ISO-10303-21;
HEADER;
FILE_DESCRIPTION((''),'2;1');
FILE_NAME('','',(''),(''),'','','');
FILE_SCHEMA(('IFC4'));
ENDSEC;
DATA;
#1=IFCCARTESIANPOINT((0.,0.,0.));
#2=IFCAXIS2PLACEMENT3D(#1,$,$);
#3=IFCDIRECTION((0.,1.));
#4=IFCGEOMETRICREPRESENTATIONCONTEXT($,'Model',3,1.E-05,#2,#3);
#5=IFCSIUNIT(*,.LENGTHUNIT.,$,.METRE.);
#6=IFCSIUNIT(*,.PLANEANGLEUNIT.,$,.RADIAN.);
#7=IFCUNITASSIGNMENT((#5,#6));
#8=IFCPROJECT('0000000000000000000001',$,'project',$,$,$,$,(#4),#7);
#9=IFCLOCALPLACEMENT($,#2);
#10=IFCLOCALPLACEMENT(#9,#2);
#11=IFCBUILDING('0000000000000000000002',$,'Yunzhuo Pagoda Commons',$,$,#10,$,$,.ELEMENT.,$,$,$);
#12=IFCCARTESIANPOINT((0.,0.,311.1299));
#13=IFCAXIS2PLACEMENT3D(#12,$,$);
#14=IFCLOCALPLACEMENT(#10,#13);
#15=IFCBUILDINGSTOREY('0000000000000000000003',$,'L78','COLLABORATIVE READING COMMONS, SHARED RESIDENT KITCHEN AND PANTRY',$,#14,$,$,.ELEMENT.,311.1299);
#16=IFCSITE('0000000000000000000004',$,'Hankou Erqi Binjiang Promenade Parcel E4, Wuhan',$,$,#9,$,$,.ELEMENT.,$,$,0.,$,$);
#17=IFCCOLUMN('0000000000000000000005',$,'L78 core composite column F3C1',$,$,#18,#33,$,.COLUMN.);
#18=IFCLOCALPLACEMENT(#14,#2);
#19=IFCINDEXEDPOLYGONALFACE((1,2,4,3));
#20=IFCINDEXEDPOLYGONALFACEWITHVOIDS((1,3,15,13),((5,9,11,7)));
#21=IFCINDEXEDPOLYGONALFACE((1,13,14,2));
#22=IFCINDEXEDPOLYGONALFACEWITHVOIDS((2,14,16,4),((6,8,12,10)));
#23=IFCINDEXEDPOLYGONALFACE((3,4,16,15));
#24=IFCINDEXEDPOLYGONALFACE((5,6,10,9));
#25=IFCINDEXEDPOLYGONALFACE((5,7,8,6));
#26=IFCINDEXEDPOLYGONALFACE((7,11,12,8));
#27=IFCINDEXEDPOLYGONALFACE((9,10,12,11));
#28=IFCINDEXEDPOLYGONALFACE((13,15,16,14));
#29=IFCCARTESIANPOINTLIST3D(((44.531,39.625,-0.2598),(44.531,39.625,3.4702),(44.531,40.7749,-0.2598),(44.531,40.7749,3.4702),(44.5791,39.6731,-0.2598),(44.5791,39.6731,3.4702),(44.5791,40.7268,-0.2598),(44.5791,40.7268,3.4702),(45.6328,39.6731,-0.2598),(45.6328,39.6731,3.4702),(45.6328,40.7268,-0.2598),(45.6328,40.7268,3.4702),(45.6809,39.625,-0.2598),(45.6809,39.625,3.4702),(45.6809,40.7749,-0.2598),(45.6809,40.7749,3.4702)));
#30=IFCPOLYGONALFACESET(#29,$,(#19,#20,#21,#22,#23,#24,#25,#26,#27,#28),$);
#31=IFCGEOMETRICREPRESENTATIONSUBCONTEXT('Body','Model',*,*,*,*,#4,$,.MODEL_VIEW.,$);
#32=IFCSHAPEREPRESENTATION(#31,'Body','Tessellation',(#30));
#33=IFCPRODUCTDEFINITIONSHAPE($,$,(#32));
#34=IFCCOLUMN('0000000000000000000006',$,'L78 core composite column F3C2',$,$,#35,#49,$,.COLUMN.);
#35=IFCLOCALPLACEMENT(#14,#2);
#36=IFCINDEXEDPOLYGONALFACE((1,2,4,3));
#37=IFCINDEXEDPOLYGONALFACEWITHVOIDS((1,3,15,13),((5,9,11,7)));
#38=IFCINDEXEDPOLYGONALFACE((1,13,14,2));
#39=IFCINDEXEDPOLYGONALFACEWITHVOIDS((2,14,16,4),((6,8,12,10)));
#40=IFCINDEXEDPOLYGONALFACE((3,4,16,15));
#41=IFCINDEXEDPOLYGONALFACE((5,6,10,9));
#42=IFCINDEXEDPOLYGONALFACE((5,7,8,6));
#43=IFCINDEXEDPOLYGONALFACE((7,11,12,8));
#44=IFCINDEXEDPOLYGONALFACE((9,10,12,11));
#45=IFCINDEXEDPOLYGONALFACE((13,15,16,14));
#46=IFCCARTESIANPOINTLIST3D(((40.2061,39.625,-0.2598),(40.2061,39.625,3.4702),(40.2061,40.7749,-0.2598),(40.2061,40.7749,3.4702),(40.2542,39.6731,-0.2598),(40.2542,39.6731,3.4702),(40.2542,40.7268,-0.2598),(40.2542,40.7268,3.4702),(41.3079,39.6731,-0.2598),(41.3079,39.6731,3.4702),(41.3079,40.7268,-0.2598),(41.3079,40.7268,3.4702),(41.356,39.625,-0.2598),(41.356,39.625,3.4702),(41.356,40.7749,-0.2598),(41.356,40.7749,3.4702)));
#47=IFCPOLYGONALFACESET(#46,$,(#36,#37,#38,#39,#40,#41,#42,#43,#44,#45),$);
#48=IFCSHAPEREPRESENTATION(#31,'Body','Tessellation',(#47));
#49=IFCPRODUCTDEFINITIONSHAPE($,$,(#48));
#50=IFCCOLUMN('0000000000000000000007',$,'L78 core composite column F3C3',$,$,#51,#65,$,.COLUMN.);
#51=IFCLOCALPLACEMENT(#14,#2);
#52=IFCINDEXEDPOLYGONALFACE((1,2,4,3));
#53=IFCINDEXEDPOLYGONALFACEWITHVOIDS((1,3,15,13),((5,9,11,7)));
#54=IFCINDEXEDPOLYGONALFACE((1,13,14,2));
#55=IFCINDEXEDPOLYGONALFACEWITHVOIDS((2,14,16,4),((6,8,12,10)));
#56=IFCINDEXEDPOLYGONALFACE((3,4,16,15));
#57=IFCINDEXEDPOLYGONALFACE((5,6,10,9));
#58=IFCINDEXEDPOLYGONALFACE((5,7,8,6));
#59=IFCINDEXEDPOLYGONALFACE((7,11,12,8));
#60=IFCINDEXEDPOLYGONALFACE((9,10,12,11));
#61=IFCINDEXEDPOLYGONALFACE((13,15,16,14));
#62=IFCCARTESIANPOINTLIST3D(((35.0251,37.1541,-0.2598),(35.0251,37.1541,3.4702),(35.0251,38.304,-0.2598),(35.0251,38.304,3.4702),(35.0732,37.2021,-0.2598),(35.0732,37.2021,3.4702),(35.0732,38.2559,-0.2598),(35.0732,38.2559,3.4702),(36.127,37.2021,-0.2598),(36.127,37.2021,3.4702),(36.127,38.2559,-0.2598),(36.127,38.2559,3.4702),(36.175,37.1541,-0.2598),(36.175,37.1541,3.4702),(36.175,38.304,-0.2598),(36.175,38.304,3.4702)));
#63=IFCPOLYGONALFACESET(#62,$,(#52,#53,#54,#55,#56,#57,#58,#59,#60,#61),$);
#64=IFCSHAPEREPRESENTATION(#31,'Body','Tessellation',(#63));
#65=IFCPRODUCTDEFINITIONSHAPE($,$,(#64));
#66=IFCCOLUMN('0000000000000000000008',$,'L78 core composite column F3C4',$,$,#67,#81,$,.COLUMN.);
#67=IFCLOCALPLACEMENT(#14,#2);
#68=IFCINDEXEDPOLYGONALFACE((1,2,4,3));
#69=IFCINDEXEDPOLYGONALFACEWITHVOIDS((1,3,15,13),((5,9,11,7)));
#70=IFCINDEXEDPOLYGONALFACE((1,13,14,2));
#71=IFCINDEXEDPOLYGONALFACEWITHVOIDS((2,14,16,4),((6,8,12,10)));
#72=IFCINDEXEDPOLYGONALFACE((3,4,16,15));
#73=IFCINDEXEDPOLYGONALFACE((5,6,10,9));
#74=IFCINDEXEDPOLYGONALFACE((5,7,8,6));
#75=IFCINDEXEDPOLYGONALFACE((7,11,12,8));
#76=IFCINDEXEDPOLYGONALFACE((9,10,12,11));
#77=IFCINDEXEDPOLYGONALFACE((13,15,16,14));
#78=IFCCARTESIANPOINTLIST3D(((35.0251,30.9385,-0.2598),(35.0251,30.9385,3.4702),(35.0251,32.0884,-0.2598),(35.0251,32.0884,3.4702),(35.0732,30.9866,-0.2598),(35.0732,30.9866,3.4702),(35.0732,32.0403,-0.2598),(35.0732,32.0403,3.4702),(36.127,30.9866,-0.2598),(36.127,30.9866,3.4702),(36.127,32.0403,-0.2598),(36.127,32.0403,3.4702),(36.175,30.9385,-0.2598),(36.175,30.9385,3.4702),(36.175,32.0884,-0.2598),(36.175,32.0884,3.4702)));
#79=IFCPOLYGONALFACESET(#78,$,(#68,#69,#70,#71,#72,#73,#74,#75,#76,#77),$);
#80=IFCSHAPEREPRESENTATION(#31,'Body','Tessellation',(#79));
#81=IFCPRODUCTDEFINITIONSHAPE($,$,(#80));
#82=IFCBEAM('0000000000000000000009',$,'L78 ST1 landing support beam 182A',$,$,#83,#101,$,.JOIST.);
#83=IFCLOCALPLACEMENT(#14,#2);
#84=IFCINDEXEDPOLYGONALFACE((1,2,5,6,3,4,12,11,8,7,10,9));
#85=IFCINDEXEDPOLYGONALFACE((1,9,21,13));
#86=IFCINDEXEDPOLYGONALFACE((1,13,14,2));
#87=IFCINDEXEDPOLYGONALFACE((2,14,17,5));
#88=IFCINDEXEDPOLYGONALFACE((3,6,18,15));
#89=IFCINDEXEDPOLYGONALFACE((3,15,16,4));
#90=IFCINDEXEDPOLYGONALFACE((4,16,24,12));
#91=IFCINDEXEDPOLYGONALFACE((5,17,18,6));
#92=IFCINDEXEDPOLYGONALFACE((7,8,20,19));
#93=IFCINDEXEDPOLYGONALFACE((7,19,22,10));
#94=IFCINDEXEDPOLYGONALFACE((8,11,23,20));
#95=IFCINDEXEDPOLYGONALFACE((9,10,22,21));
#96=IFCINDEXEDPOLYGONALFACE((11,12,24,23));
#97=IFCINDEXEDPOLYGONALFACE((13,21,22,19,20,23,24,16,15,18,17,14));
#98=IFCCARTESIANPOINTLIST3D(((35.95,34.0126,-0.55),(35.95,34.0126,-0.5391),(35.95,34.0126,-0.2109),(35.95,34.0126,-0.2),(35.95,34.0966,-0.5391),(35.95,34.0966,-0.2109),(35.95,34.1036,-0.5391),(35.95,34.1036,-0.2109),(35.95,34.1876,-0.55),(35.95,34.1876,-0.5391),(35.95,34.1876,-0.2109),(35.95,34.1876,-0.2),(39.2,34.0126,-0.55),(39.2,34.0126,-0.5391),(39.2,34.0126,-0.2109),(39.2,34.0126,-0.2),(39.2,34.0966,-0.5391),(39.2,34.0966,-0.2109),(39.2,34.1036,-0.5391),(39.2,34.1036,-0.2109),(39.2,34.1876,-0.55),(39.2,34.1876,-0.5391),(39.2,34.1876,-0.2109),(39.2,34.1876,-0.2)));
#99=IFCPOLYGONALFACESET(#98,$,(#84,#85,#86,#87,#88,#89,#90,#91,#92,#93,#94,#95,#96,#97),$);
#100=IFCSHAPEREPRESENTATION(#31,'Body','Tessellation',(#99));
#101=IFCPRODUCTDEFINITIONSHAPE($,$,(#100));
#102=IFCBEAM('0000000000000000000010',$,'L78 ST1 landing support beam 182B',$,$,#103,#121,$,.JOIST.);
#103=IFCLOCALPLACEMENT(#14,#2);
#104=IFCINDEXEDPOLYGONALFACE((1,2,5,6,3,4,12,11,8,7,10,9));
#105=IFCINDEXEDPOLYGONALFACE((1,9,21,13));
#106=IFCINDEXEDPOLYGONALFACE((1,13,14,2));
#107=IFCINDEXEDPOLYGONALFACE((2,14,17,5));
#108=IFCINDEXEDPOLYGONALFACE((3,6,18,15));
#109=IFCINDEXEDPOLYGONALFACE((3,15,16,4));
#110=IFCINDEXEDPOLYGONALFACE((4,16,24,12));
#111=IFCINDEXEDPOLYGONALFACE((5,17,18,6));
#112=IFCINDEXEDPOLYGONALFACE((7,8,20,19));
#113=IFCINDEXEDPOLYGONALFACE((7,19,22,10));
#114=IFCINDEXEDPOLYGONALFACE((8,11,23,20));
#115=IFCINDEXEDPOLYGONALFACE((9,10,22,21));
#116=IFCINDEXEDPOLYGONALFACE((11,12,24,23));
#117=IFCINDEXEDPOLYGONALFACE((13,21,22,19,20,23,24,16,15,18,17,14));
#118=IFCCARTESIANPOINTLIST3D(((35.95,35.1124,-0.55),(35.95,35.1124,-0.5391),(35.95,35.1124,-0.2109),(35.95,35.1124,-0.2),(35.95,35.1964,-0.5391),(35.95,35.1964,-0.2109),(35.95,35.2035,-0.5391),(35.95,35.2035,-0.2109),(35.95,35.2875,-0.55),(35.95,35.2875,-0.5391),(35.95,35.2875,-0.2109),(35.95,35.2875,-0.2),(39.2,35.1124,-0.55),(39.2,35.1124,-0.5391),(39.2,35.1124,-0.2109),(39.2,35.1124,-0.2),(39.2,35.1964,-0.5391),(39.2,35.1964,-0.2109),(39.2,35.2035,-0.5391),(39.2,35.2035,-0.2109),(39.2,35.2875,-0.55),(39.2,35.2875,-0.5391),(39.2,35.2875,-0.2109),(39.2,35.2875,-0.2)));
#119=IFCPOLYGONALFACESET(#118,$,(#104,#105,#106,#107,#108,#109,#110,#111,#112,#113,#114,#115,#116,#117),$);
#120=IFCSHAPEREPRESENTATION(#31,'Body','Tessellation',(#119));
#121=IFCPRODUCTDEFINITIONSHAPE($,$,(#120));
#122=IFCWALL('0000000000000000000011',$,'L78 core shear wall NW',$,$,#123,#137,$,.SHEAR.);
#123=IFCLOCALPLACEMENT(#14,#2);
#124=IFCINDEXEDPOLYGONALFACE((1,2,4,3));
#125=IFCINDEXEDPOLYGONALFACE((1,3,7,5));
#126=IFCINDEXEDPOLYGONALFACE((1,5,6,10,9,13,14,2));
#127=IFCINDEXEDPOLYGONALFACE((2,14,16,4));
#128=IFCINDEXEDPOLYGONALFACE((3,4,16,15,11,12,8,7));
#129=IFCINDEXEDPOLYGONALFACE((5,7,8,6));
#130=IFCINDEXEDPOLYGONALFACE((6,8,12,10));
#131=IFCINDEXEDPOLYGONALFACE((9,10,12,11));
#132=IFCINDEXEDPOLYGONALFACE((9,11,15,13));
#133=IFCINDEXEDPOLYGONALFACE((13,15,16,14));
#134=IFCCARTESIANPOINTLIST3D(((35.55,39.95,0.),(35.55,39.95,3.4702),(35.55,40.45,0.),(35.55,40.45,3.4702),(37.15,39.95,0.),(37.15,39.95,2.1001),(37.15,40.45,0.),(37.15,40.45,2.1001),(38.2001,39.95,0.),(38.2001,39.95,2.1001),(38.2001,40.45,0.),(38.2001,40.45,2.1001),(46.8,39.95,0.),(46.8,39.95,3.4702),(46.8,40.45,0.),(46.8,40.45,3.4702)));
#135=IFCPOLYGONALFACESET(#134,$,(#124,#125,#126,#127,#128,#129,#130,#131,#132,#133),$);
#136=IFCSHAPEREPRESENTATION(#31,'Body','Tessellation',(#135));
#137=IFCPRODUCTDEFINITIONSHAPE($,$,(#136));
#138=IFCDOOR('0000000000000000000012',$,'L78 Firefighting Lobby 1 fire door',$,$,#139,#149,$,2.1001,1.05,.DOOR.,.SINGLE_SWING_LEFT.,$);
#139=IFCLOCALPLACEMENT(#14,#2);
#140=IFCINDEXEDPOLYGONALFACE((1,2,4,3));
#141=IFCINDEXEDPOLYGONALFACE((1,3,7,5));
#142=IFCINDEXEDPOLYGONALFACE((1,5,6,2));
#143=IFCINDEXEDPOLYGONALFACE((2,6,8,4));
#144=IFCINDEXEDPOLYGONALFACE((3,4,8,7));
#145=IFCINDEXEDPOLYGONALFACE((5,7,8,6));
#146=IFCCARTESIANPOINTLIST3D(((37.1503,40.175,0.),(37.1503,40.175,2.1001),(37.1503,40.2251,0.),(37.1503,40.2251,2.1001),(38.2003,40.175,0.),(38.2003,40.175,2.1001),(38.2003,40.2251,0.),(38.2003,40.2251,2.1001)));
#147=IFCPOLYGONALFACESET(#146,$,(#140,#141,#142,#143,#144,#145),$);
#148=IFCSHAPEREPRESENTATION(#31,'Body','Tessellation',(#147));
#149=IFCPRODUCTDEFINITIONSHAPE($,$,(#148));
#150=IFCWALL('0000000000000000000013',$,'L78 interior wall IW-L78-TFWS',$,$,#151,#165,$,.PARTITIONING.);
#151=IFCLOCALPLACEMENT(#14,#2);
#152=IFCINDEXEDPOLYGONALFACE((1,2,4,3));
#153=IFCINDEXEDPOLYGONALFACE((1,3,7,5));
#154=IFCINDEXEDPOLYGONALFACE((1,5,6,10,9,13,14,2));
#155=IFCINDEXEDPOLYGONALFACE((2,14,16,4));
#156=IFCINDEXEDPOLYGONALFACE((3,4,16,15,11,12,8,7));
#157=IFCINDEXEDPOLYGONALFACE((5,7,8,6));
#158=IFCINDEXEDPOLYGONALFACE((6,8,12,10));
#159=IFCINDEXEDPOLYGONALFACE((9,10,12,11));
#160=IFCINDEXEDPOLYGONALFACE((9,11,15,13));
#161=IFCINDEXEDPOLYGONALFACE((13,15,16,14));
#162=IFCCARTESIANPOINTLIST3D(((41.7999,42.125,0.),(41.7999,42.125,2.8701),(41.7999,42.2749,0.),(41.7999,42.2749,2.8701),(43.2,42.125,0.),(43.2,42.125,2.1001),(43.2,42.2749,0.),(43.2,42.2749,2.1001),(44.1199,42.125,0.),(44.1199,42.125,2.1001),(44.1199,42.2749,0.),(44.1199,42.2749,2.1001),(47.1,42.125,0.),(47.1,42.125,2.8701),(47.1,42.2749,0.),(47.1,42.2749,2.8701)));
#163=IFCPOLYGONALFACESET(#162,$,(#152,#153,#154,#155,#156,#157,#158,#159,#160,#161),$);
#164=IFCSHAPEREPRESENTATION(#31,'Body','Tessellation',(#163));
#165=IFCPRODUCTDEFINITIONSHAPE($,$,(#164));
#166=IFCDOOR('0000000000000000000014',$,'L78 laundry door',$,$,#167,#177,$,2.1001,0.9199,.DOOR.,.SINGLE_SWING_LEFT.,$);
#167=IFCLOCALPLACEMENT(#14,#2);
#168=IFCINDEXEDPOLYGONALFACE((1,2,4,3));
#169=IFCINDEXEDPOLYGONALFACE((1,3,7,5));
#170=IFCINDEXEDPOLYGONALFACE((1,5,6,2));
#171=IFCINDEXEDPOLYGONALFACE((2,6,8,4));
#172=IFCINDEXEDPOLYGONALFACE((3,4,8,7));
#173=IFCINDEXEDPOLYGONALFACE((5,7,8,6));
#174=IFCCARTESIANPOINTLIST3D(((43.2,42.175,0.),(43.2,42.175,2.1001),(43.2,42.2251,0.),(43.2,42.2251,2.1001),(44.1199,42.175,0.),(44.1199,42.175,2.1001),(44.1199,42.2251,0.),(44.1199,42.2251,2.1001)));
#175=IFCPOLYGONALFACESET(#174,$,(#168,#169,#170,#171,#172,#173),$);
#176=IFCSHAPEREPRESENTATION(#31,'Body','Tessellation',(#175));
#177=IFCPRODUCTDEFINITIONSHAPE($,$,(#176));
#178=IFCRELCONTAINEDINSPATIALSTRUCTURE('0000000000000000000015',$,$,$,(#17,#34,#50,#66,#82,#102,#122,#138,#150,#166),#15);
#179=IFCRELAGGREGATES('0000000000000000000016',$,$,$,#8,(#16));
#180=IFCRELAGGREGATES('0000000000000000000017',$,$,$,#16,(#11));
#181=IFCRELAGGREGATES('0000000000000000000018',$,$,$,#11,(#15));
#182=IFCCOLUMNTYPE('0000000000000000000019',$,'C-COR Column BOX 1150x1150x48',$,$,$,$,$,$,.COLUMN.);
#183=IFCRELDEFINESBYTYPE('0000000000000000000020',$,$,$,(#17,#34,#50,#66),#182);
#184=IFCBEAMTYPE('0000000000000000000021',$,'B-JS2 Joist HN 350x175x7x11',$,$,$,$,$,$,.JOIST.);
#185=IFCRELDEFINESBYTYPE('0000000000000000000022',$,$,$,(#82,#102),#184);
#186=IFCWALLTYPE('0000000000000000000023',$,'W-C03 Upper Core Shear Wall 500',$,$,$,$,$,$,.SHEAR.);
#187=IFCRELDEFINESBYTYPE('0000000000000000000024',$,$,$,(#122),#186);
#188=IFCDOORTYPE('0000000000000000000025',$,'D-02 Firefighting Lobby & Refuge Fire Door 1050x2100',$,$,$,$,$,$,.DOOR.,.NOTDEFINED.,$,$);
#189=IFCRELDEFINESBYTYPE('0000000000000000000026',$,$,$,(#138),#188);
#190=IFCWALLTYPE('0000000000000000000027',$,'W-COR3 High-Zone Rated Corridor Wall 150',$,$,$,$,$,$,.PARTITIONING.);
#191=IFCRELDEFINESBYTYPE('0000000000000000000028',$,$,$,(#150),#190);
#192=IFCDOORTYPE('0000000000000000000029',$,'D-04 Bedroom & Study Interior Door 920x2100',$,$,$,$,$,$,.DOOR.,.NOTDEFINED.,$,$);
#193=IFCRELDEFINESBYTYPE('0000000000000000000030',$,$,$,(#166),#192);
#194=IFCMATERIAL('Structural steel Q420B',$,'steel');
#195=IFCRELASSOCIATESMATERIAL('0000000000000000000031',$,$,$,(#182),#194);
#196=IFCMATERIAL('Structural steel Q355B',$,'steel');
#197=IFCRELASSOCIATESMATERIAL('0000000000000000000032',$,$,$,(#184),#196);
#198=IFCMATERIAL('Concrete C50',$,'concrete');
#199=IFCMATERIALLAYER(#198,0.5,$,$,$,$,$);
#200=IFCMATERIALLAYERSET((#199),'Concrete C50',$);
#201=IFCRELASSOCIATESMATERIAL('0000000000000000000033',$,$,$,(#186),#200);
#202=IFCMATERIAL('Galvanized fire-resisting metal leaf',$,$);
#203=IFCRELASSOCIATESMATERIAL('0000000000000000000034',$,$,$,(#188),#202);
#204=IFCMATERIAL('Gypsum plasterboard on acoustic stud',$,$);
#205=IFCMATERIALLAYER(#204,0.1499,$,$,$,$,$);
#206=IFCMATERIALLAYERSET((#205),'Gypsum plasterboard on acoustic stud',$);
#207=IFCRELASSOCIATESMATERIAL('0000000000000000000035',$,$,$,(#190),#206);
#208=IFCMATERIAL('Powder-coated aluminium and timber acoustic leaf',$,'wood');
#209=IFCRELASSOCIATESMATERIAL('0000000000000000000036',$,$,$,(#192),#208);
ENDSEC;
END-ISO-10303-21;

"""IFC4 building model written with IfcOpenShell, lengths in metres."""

from ifc_helpers import new_model, si_unit, direction, frame, frame_2d, origin, origin_2d, place, context, subcontext, project, spatial, rectangle, hollow_rectangle, i_section, extrude, source, transform, mapped, material, layer, layer_set, material_profile, profile_set, type_object, element, fill, save


model = new_model("IFC4")

# Units and contexts
model_context = context("Model", 3, precision=1e-05, world=origin(), true_north=direction((0.0, 1.0)))
body_context = subcontext(model_context, "Body", "Model", "MODEL_VIEW")
ifc_project = project(units=[si_unit("LENGTHUNIT", "METRE"), si_unit("PLANEANGLEUNIT", "RADIAN")], contexts=[model_context])

# Site, building, storey
site_placement = place(None, origin())
site = spatial("IfcSite", under=ifc_project, at=site_placement, Name="Hankou Erqi Binjiang Promenade Parcel E4, Wuhan", CompositionType="ELEMENT", RefElevation=0.0)
building_placement = place(site_placement, origin())
building = spatial("IfcBuilding", under=site, at=building_placement, Name="Yunzhuo Pagoda Commons", CompositionType="ELEMENT")
storey_placement = place(building_placement, frame((0.0, 0.0, 311.1299)))
storey = spatial("IfcBuildingStorey", under=building, at=storey_placement, Name="L78", Description="COLLABORATIVE READING COMMONS, SHARED RESIDENT KITCHEN AND PANTRY", CompositionType="ELEMENT", Elevation=311.1299)

# Columns
ifc_material_1 = material(Name="Structural steel Q420B", Category="steel")
ifc_material_profile_1 = material_profile(ifc_material_1, hollow_rectangle(XDim=1.1499, YDim=1.1499, WallThickness=0.0481, at=origin_2d()), Name="Structural steel Q420B")
ifc_profile_set_1 = profile_set([ifc_material_profile_1], Name="Structural steel Q420B")
column_type = type_object("IfcColumnType", Name="C-COR Column BOX 1150x1150x48", PredefinedType="COLUMN", material=ifc_profile_set_1)
shared_shape_1 = source(origin(), body_context, "Body", "SweptSolid", [
    extrude(hollow_rectangle(XDim=1.1499, YDim=1.1499, WallThickness=0.0481, at=origin_2d()), origin(), (0.0, 0.0, 1.0), 3.73),
])
for number, where, z_axis, x_axis, name in (
    (1, (45.106, 40.2, -0.2598), (0.0, 0.0, 1.0), (1.0, 0.0, 0.0), "L78 core composite column F3C1"),
    (2, (40.781, 40.2, -0.2598), (0.0, 0.0, 1.0), (1.0, 0.0, 0.0), "L78 core composite column F3C2"),
    (3, (35.6001, 37.729, -0.2598), (0.0, 0.0, 1.0), (1.0, 0.0, 0.0), "L78 core composite column F3C3"),
    (4, (35.6001, 31.5134, -0.2598), (0.0, 0.0, 1.0), (1.0, 0.0, 0.0), "L78 core composite column F3C4"),
):
    element("IfcColumn", number, at=place(storey_placement, frame(where, z_axis=z_axis, x_axis=x_axis)), inside=storey, type_object=column_type, Name=name, PredefinedType="COLUMN", context=body_context, shape_type="MappedRepresentation", body=[
        mapped(shared_shape_1, transform((0.0, 0.0, 0.0), scale=1.0)),
    ])

# Beams
ifc_material_2 = material(Name="Structural steel Q355B", Category="steel")
ifc_material_profile_2 = material_profile(ifc_material_2, i_section(OverallWidth=0.175, OverallDepth=0.3501, WebThickness=0.0071, FlangeThickness=0.011, at=origin_2d()), Name="Structural steel Q355B")
ifc_profile_set_2 = profile_set([ifc_material_profile_2], Name="Structural steel Q355B")
beam_type = type_object("IfcBeamType", Name="B-JS2 Joist HN 350x175x7x11", PredefinedType="JOIST", material=ifc_profile_set_2)
shared_shape_2 = source(origin(), body_context, "Body", "SweptSolid", [
    extrude(i_section(OverallWidth=0.175, OverallDepth=0.3501, WebThickness=0.0071, FlangeThickness=0.011, at=origin_2d()), origin(), (0.0, 0.0, 1.0), 3.25),
])
for number, where, z_axis, x_axis, name in (
    (5, (35.95, 34.1001, -0.375), (1.0, 0.0, 0.0), (0.0, 1.0, 0.0), "L78 ST1 landing support beam 182A"),
    (6, (35.95, 35.2, -0.375), (1.0, 0.0, 0.0), (0.0, 1.0, 0.0), "L78 ST1 landing support beam 182B"),
):
    element("IfcBeam", number, at=place(storey_placement, frame(where, z_axis=z_axis, x_axis=x_axis)), inside=storey, type_object=beam_type, Name=name, PredefinedType="JOIST", context=body_context, shape_type="MappedRepresentation", body=[
        mapped(shared_shape_2, transform((0.0, 0.0, 0.0), scale=1.0)),
    ])

# Walls, openings, doors
ifc_material_3 = material(Name="Concrete C50", Category="concrete")
ifc_layer_1 = layer(ifc_material_3, 0.5)
ifc_layer_set_1 = layer_set([ifc_layer_1], Name="Concrete C50")
wall_type_1 = type_object("IfcWallType", Name="W-C03 Upper Core Shear Wall 500", PredefinedType="SHEAR", material=ifc_layer_set_1)
wall_1_placement = place(storey_placement, frame((35.55, 40.2, 0.0), z_axis=(0.0, 0.0, 1.0), x_axis=(1.0, 0.0, 0.0)))
wall_1 = element("IfcWall", 7, at=wall_1_placement, inside=storey, type_object=wall_type_1, Name="L78 core shear wall NW", PredefinedType="SHEAR", context=body_context, shape_type="SweptSolid", body=[
    extrude(rectangle(XDim=11.25, YDim=0.5, at=frame_2d((5.625, 0.0))), origin(), (0.0, 0.0, 1.0), 3.4702),
])
opening_1_placement = place(wall_1_placement, frame((1.6001, 0.0, 0.0)))
opening_1 = element("IfcOpeningElement", 8, at=opening_1_placement, cuts=wall_1, PredefinedType="OPENING", context=body_context, shape_type="SweptSolid", body=[
    extrude(rectangle(XDim=1.05, YDim=2.1001, at=frame_2d((0.5249, 1.05))), frame((0.0, 0.26, 0.0), z_axis=(0.0, -1.0, 0.0), x_axis=(1.0, 0.0, 0.0)), (0.0, 0.0, 1.0), 0.52),
])
ifc_material_4 = material(Name="Galvanized fire-resisting metal leaf")
door_type_1 = type_object("IfcDoorType", Name="D-02 Firefighting Lobby & Refuge Fire Door 1050x2100", OperationType="NOTDEFINED", PredefinedType="DOOR", material=ifc_material_4)
shared_shape_3 = source(origin(), body_context, "Body", "SweptSolid", [
    extrude(rectangle(XDim=1.05, YDim=2.1001, at=frame_2d((0.5249, 1.05))), frame((0.0, 0.0249, 0.0), z_axis=(0.0, -1.0, 0.0), x_axis=(1.0, 0.0, 0.0)), (0.0, 0.0, 1.0), 0.05),
])
door_1_placement = place(opening_1_placement, frame((1.05, 0.0, 0.0), z_axis=(0.0, 0.0, 1.0), x_axis=(-1.0, 0.0, 0.0)))
door_1 = element("IfcDoor", 9, at=door_1_placement, inside=storey, type_object=door_type_1, Name="L78 Firefighting Lobby 1 fire door", OperationType="SINGLE_SWING_LEFT", OverallHeight=2.1001, OverallWidth=1.05, PredefinedType="DOOR", context=body_context, shape_type="MappedRepresentation", body=[
    mapped(shared_shape_3, transform((0.0, 0.0, 0.0), scale=1.0)),
])
fill(opening_1, door_1)
ifc_material_5 = material(Name="Gypsum plasterboard on acoustic stud")
ifc_layer_2 = layer(ifc_material_5, 0.1499)
ifc_layer_set_2 = layer_set([ifc_layer_2], Name="Gypsum plasterboard on acoustic stud")
wall_type_2 = type_object("IfcWallType", Name="W-COR3 High-Zone Rated Corridor Wall 150", PredefinedType="PARTITIONING", material=ifc_layer_set_2)
wall_2_placement = place(storey_placement, frame((41.8, 42.2, 0.0), z_axis=(0.0, 0.0, 1.0), x_axis=(1.0, 0.0, 0.0)))
wall_2 = element("IfcWall", 10, at=wall_2_placement, inside=storey, type_object=wall_type_2, Name="L78 interior wall IW-L78-TFWS", PredefinedType="PARTITIONING", context=body_context, shape_type="SweptSolid", body=[
    extrude(rectangle(XDim=5.3, YDim=0.1499, at=frame_2d((2.6499, 0.0))), origin(), (0.0, 0.0, 1.0), 2.8701),
])
opening_2_placement = place(wall_2_placement, frame((1.3999, 0.0, 0.0)))
opening_2 = element("IfcOpeningElement", 11, at=opening_2_placement, cuts=wall_2, PredefinedType="OPENING", context=body_context, shape_type="SweptSolid", body=[
    extrude(rectangle(XDim=0.9199, YDim=2.1001, at=frame_2d((0.46, 1.05))), frame((0.0, 0.085, 0.0), z_axis=(0.0, -1.0, 0.0), x_axis=(1.0, 0.0, 0.0)), (0.0, 0.0, 1.0), 0.1699),
])
ifc_material_6 = material(Name="Powder-coated aluminium and timber acoustic leaf", Category="wood")
door_type_2 = type_object("IfcDoorType", Name="D-04 Bedroom & Study Interior Door 920x2100", OperationType="NOTDEFINED", PredefinedType="DOOR", material=ifc_material_6)
shared_shape_4 = source(origin(), body_context, "Body", "SweptSolid", [
    extrude(rectangle(XDim=0.9199, YDim=2.1001, at=frame_2d((0.46, 1.05))), frame((0.0, 0.0249, 0.0), z_axis=(0.0, -1.0, 0.0), x_axis=(1.0, 0.0, 0.0)), (0.0, 0.0, 1.0), 0.05),
])
door_2_placement = place(opening_2_placement, frame((0.9199, 0.0, 0.0), z_axis=(0.0, 0.0, 1.0), x_axis=(-1.0, 0.0, 0.0)))
door_2 = element("IfcDoor", 12, at=door_2_placement, inside=storey, type_object=door_type_2, Name="L78 laundry door", OperationType="SINGLE_SWING_LEFT", OverallHeight=2.1001, OverallWidth=0.9199, PredefinedType="DOOR", context=body_context, shape_type="MappedRepresentation", body=[
    mapped(shared_shape_4, transform((0.0, 0.0, 0.0), scale=1.0)),
])
fill(opening_2, door_2)

save(model, "model.ifc")
